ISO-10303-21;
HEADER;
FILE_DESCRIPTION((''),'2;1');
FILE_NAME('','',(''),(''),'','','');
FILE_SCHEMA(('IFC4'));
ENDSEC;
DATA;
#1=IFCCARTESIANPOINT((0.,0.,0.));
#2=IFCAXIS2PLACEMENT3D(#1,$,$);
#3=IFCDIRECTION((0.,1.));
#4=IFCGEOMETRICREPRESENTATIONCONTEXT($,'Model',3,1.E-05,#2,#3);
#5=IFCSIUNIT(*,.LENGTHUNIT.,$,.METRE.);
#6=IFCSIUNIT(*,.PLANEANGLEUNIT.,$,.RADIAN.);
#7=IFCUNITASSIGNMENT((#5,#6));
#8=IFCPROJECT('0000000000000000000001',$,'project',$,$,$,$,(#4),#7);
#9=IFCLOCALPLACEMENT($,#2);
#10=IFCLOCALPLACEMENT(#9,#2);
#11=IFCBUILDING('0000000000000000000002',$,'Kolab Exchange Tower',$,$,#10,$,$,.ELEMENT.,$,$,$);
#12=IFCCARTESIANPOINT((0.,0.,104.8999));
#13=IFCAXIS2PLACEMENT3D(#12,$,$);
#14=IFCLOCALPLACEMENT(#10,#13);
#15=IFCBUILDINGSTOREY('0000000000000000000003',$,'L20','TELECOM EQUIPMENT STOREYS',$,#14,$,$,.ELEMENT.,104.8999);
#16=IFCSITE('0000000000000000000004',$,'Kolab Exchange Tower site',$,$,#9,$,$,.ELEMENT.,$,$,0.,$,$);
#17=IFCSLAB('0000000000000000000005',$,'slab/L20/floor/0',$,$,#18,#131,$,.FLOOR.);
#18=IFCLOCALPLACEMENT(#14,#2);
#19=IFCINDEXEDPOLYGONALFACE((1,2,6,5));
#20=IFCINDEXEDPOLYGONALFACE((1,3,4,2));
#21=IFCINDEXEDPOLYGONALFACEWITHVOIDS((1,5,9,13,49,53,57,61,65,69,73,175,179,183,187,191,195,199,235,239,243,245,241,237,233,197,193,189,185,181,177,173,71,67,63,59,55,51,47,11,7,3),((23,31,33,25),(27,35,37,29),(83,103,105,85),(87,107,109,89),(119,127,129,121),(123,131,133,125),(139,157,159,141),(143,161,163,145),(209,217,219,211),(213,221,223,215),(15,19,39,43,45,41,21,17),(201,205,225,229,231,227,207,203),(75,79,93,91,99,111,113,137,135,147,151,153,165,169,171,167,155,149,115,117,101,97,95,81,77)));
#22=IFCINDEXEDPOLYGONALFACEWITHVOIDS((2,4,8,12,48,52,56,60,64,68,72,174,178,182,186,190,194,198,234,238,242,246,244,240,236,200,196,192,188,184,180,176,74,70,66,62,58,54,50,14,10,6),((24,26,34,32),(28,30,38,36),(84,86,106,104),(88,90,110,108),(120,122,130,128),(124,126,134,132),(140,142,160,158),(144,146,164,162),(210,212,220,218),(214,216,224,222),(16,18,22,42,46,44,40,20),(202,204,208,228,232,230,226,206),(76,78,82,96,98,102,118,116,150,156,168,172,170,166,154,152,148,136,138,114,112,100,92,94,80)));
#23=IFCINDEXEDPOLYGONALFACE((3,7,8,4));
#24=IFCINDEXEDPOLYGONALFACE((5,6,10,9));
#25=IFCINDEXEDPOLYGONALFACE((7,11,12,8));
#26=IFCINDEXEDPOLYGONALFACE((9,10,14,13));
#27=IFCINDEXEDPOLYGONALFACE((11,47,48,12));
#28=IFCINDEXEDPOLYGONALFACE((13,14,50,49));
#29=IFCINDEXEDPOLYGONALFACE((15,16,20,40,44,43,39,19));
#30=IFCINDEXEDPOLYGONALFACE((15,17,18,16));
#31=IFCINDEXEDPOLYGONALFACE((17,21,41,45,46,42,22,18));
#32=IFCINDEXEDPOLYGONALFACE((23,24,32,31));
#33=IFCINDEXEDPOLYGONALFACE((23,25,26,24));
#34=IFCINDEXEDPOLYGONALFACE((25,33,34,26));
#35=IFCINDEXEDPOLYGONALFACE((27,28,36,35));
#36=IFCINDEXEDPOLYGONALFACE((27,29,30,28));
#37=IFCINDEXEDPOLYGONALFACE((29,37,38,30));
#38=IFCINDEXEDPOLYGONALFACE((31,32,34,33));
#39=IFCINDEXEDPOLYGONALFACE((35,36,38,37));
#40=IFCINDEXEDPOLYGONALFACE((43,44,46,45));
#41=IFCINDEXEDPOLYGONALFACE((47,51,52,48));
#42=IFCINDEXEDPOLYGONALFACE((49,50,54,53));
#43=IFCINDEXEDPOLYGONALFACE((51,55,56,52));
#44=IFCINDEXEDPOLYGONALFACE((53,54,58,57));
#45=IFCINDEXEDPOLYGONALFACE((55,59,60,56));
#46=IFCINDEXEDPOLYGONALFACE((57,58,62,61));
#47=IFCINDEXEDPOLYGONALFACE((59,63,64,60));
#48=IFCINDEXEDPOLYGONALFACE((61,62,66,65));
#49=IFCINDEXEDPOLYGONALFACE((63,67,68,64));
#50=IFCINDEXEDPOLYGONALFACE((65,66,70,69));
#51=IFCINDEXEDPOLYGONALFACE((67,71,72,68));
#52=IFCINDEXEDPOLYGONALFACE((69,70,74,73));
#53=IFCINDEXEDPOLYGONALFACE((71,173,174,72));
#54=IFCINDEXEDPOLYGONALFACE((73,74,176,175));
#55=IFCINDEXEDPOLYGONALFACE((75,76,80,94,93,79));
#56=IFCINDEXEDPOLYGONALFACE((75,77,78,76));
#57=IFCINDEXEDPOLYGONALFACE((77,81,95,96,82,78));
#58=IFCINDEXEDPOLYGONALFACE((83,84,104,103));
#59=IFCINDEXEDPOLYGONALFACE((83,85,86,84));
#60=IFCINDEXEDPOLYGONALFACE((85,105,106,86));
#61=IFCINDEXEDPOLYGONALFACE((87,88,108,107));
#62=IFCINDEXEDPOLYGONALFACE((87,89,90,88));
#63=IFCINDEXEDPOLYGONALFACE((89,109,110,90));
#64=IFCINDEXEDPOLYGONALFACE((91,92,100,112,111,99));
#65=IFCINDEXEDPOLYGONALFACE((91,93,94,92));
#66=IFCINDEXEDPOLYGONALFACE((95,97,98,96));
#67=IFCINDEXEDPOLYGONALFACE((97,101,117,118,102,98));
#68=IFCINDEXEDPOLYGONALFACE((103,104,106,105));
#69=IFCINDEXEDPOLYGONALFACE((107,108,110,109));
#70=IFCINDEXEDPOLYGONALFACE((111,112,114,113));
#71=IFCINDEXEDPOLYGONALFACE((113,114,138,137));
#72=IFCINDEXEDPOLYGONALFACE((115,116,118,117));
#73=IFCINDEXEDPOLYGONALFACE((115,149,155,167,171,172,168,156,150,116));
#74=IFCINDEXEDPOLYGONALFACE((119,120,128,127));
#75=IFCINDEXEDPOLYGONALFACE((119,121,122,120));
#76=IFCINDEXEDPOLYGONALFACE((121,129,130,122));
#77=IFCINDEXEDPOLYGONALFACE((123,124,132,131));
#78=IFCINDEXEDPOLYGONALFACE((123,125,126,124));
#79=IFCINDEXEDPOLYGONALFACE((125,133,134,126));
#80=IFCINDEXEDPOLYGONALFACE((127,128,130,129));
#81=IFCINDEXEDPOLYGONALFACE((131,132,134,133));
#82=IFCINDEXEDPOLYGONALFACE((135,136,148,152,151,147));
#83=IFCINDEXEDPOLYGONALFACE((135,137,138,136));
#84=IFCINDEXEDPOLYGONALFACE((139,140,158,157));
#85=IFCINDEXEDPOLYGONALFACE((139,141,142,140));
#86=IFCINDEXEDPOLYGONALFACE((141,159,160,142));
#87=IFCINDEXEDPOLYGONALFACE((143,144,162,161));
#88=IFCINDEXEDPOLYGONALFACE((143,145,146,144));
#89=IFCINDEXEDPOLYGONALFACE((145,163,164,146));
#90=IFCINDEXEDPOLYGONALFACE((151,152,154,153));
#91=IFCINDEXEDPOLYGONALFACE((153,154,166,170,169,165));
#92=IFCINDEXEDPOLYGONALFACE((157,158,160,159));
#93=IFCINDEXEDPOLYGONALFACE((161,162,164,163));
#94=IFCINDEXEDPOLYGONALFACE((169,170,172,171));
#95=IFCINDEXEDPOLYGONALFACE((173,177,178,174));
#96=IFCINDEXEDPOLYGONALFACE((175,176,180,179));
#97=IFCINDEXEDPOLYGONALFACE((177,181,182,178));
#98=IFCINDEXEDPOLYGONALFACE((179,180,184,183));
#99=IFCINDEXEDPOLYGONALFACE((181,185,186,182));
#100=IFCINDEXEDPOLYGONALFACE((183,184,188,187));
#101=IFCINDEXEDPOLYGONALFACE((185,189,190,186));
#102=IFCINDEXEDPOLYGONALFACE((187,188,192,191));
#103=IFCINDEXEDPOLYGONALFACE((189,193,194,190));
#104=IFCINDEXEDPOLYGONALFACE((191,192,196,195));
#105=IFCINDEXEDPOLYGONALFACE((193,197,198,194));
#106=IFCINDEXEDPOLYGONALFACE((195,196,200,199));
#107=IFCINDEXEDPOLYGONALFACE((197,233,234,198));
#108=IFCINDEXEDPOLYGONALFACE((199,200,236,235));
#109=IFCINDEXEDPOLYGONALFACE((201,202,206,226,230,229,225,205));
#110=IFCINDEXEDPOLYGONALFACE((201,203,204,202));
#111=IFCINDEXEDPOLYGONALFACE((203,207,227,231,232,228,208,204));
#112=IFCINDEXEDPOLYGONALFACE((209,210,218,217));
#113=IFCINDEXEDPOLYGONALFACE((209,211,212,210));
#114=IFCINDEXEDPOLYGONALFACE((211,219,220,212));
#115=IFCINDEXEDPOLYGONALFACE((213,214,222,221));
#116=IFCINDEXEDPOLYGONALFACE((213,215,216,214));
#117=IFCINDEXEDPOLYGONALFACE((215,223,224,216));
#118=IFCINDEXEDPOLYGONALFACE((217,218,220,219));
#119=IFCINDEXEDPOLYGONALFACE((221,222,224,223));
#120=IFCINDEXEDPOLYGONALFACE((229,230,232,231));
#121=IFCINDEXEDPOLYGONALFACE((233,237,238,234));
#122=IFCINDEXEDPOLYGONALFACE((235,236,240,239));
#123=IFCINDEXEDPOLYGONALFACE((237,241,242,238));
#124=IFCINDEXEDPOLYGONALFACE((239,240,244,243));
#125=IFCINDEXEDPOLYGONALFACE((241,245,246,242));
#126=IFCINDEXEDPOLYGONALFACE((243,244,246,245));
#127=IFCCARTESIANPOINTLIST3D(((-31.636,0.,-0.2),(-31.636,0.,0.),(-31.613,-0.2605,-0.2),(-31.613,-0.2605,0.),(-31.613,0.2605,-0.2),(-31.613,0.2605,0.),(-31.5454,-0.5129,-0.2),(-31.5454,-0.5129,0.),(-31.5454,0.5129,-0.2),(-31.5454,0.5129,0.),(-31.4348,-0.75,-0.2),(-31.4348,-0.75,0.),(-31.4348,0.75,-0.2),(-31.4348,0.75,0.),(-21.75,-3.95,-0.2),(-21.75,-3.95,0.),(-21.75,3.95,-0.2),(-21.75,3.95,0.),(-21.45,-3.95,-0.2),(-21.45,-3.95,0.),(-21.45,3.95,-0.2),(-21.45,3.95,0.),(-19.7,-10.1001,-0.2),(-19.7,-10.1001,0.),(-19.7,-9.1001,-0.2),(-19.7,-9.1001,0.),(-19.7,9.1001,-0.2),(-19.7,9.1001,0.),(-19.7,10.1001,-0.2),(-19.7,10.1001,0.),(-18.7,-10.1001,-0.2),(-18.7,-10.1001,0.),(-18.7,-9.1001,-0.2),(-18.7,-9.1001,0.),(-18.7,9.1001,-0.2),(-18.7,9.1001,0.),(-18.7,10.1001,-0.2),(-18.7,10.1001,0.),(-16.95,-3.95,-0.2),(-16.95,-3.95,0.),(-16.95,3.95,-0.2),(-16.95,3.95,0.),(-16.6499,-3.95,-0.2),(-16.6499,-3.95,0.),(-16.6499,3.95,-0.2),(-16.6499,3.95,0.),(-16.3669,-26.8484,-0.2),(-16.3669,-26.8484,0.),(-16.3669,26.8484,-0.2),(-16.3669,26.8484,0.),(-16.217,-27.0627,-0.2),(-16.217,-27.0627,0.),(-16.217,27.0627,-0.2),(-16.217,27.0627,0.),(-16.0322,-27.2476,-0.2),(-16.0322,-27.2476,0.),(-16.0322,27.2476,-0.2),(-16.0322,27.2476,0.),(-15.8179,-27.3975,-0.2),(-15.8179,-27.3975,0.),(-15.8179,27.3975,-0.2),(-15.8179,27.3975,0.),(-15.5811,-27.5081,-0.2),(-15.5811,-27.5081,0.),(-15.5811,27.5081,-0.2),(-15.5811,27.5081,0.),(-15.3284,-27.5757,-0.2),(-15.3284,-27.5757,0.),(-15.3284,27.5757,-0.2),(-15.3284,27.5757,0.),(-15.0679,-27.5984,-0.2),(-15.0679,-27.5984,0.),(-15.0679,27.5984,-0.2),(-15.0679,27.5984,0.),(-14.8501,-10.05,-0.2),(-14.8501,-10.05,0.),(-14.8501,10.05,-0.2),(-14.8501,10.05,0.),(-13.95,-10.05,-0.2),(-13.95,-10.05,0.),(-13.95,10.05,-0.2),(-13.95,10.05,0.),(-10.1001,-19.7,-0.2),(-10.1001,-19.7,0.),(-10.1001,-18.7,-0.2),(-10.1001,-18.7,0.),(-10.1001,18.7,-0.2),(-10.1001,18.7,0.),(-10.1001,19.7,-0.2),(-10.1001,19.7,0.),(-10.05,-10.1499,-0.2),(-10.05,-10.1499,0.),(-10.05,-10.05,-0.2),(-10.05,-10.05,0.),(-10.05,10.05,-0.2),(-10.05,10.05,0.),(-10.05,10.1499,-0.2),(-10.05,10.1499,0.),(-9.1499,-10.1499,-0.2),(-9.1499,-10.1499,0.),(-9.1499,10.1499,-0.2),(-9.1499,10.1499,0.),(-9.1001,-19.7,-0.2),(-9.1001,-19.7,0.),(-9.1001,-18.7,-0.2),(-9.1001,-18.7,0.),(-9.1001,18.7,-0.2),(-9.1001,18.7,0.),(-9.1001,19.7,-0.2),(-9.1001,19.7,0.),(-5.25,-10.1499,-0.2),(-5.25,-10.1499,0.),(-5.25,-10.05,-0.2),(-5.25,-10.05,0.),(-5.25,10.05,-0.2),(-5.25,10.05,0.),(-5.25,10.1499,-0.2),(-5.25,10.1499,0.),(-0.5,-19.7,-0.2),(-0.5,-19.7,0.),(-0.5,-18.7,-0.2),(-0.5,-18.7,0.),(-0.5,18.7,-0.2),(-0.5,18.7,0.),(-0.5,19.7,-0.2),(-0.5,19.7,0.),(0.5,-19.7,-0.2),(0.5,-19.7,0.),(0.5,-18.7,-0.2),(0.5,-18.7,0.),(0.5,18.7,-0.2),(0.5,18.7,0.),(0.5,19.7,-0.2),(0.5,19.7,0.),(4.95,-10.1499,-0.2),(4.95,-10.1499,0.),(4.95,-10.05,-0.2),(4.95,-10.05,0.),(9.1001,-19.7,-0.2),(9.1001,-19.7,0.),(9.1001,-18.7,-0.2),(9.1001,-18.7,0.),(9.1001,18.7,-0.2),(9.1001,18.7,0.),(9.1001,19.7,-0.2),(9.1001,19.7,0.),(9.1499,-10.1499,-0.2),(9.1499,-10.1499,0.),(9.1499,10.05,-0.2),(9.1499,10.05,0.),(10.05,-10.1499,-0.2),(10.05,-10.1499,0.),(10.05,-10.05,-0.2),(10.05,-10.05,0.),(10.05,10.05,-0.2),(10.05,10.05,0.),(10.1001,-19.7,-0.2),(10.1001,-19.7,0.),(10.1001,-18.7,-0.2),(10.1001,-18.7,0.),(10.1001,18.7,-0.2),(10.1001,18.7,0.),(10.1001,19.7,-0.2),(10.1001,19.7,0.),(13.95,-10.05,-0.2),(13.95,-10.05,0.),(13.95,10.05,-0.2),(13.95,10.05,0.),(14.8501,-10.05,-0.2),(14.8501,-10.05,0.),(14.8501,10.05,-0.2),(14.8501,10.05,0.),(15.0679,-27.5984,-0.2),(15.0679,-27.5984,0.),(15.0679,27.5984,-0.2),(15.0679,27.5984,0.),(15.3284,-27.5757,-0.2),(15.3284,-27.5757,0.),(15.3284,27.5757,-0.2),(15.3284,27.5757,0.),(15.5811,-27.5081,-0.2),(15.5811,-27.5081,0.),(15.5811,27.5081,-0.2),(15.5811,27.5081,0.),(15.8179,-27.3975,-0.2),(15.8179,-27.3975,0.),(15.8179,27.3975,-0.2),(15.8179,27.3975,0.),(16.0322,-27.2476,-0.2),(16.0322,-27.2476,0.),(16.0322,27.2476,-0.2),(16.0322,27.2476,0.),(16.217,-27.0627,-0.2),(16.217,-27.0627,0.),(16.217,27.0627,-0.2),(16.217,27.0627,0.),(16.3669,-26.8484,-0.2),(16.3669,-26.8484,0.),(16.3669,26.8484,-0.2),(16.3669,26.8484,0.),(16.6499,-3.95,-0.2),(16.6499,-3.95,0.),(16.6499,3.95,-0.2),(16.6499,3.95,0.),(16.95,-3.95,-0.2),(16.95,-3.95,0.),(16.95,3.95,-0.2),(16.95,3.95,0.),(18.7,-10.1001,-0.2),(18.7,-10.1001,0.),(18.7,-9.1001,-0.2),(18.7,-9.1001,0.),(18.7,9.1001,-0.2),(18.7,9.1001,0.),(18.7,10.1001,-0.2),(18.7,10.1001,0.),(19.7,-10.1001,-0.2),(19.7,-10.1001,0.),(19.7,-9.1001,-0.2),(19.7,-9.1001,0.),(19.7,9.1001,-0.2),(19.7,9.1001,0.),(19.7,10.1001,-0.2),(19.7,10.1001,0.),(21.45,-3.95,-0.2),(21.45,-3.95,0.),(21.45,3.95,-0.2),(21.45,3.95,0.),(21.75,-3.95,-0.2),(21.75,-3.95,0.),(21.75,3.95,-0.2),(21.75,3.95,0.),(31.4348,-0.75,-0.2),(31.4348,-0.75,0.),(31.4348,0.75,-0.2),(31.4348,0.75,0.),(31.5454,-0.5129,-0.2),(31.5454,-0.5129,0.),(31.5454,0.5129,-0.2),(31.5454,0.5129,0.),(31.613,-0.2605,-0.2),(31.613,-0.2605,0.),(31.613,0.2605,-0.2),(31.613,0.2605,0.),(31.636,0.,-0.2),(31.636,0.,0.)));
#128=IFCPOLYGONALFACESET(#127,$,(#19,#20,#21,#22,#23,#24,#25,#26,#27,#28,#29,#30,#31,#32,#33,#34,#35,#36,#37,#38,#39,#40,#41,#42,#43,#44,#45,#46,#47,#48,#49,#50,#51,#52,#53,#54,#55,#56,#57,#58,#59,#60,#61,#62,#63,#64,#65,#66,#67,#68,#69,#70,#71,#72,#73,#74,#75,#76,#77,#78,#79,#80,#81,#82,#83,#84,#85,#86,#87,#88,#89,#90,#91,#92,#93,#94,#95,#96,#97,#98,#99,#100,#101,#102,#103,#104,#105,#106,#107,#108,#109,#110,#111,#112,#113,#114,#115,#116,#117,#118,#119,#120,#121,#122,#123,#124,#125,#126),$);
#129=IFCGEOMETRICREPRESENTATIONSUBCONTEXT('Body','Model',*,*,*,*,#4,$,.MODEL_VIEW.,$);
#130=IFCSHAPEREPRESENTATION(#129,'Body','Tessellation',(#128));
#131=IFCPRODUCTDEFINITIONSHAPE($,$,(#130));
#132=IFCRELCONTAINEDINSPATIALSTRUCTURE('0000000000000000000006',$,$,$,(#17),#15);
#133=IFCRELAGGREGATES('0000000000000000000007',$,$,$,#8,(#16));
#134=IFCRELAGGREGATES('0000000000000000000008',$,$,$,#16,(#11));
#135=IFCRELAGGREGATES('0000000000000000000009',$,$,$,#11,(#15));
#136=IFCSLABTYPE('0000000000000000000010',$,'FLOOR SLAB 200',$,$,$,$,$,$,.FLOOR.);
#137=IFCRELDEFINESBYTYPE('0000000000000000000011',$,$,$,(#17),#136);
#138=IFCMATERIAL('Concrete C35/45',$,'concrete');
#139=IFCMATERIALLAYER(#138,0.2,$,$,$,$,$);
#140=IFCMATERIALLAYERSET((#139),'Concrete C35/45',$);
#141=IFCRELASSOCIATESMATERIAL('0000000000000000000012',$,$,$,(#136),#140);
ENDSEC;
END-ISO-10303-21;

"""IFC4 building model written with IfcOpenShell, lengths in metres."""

from ifc_helpers import new_model, si_unit, direction, frame, origin, place, context, subcontext, project, spatial, polyline, outline, extrude, material, layer, layer_set, type_object, element, save


model = new_model("IFC4")

# Units and contexts
model_context = context("Model", 3, precision=1e-05, world=origin(), true_north=direction((0.0, 1.0)))
body_context = subcontext(model_context, "Body", "Model", "MODEL_VIEW")
ifc_project = project(units=[si_unit("LENGTHUNIT", "METRE"), si_unit("PLANEANGLEUNIT", "RADIAN")], contexts=[model_context])

# Site, building, storey
site_placement = place(None, origin())
site = spatial("IfcSite", under=ifc_project, at=site_placement, Name="Kolab Exchange Tower site", CompositionType="ELEMENT", RefElevation=0.0)
building_placement = place(site_placement, origin())
building = spatial("IfcBuilding", under=site, at=building_placement, Name="Kolab Exchange Tower", CompositionType="ELEMENT")
storey_placement = place(building_placement, frame((0.0, 0.0, 104.8999)))
storey = spatial("IfcBuildingStorey", under=building, at=storey_placement, Name="L20", Description="TELECOM EQUIPMENT STOREYS", CompositionType="ELEMENT", Elevation=104.8999)

# Slab
ifc_material_1 = material(Name="Concrete C35/45", Category="concrete")
ifc_layer_1 = layer(ifc_material_1, 0.2)
ifc_layer_set_1 = layer_set([ifc_layer_1], Name="Concrete C35/45")
slab_type = type_object("IfcSlabType", Name="FLOOR SLAB 200", PredefinedType="FLOOR", material=ifc_layer_set_1)
slab_1_placement = place(storey_placement, frame((0.0, 0.0, -0.2)))
element("IfcSlab", 1, at=slab_1_placement, inside=storey, type_object=slab_type, Name="slab/L20/floor/0", PredefinedType="FLOOR", context=body_context, shape_type="SweptSolid", body=[
    extrude(outline(polyline([(16.3669, -26.8484), (31.4348, -0.75), (31.5454, -0.5129), (31.613, -0.2605), (31.636, 0.0), (31.613, 0.2605), (31.5454, 0.5129), (31.4348, 0.75), (16.3669, 26.8484), (16.217, 27.0627), (16.0322, 27.2476), (15.8179, 27.3975), (15.5811, 27.5081), (15.3284, 27.5757), (15.0679, 27.5984), (-15.0679, 27.5984), (-15.3284, 27.5757), (-15.5811, 27.5081), (-15.8179, 27.3975), (-16.0322, 27.2476), (-16.217, 27.0627), (-16.3669, 26.8484), (-31.4348, 0.75), (-31.5454, 0.5129), (-31.613, 0.2605), (-31.636, 0.0), (-31.613, -0.2605), (-31.5454, -0.5129), (-31.4348, -0.75), (-16.3669, -26.8484), (-16.217, -27.0627), (-16.0322, -27.2476), (-15.8179, -27.3975), (-15.5811, -27.5081), (-15.3284, -27.5757), (-15.0679, -27.5984), (15.0679, -27.5984), (15.3284, -27.5757), (15.5811, -27.5081), (15.8179, -27.3975), (16.0322, -27.2476), (16.217, -27.0627), (16.3669, -26.8484)]), holes=[polyline([(-13.95, -10.05), (-14.8501, -10.05), (-14.8501, 10.05), (-13.95, 10.05), (-10.05, 10.05), (-10.05, 10.1499), (-9.1499, 10.1499), (-5.25, 10.1499), (-5.25, 10.05), (9.1499, 10.05), (10.05, 10.05), (13.95, 10.05), (14.8501, 10.05), (14.8501, -10.05), (13.95, -10.05), (10.05, -10.05), (10.05, -10.1499), (9.1499, -10.1499), (4.95, -10.1499), (4.95, -10.05), (-5.25, -10.05), (-5.25, -10.1499), (-9.1499, -10.1499), (-10.05, -10.1499), (-10.05, -10.05), (-13.95, -10.05)]), polyline([(-18.7, -9.1001), (-18.7, -10.1001), (-19.7, -10.1001), (-19.7, -9.1001), (-18.7, -9.1001)]), polyline([(-21.45, -3.95), (-21.75, -3.95), (-21.75, 3.95), (-21.45, 3.95), (-16.95, 3.95), (-16.6499, 3.95), (-16.6499, -3.95), (-16.95, -3.95), (-21.45, -3.95)]), polyline([(-18.7, 10.1001), (-18.7, 9.1001), (-19.7, 9.1001), (-19.7, 10.1001), (-18.7, 10.1001)]), polyline([(-9.1001, -18.7), (-9.1001, -19.7), (-10.1001, -19.7), (-10.1001, -18.7), (-9.1001, -18.7)]), polyline([(-9.1001, 19.7), (-9.1001, 18.7), (-10.1001, 18.7), (-10.1001, 19.7), (-9.1001, 19.7)]), polyline([(9.1001, -18.7), (10.1001, -18.7), (10.1001, -19.7), (9.1001, -19.7), (9.1001, -18.7)]), polyline([(-0.5, -18.7), (0.5, -18.7), (0.5, -19.7), (-0.5, -19.7), (-0.5, -18.7)]), polyline([(0.5, 19.7), (0.5, 18.7), (-0.5, 18.7), (-0.5, 19.7), (0.5, 19.7)]), polyline([(10.1001, 19.7), (10.1001, 18.7), (9.1001, 18.7), (9.1001, 19.7), (10.1001, 19.7)]), polyline([(19.7, -9.1001), (19.7, -10.1001), (18.7, -10.1001), (18.7, -9.1001), (19.7, -9.1001)]), polyline([(21.45, 3.95), (21.75, 3.95), (21.75, -3.95), (21.45, -3.95), (16.95, -3.95), (16.6499, -3.95), (16.6499, 3.95), (16.95, 3.95), (21.45, 3.95)]), polyline([(19.7, 10.1001), (19.7, 9.1001), (18.7, 9.1001), (18.7, 10.1001), (19.7, 10.1001)])]), origin(), (0.0, 0.0, 1.0), 0.2),
])

save(model, "model.ifc")
